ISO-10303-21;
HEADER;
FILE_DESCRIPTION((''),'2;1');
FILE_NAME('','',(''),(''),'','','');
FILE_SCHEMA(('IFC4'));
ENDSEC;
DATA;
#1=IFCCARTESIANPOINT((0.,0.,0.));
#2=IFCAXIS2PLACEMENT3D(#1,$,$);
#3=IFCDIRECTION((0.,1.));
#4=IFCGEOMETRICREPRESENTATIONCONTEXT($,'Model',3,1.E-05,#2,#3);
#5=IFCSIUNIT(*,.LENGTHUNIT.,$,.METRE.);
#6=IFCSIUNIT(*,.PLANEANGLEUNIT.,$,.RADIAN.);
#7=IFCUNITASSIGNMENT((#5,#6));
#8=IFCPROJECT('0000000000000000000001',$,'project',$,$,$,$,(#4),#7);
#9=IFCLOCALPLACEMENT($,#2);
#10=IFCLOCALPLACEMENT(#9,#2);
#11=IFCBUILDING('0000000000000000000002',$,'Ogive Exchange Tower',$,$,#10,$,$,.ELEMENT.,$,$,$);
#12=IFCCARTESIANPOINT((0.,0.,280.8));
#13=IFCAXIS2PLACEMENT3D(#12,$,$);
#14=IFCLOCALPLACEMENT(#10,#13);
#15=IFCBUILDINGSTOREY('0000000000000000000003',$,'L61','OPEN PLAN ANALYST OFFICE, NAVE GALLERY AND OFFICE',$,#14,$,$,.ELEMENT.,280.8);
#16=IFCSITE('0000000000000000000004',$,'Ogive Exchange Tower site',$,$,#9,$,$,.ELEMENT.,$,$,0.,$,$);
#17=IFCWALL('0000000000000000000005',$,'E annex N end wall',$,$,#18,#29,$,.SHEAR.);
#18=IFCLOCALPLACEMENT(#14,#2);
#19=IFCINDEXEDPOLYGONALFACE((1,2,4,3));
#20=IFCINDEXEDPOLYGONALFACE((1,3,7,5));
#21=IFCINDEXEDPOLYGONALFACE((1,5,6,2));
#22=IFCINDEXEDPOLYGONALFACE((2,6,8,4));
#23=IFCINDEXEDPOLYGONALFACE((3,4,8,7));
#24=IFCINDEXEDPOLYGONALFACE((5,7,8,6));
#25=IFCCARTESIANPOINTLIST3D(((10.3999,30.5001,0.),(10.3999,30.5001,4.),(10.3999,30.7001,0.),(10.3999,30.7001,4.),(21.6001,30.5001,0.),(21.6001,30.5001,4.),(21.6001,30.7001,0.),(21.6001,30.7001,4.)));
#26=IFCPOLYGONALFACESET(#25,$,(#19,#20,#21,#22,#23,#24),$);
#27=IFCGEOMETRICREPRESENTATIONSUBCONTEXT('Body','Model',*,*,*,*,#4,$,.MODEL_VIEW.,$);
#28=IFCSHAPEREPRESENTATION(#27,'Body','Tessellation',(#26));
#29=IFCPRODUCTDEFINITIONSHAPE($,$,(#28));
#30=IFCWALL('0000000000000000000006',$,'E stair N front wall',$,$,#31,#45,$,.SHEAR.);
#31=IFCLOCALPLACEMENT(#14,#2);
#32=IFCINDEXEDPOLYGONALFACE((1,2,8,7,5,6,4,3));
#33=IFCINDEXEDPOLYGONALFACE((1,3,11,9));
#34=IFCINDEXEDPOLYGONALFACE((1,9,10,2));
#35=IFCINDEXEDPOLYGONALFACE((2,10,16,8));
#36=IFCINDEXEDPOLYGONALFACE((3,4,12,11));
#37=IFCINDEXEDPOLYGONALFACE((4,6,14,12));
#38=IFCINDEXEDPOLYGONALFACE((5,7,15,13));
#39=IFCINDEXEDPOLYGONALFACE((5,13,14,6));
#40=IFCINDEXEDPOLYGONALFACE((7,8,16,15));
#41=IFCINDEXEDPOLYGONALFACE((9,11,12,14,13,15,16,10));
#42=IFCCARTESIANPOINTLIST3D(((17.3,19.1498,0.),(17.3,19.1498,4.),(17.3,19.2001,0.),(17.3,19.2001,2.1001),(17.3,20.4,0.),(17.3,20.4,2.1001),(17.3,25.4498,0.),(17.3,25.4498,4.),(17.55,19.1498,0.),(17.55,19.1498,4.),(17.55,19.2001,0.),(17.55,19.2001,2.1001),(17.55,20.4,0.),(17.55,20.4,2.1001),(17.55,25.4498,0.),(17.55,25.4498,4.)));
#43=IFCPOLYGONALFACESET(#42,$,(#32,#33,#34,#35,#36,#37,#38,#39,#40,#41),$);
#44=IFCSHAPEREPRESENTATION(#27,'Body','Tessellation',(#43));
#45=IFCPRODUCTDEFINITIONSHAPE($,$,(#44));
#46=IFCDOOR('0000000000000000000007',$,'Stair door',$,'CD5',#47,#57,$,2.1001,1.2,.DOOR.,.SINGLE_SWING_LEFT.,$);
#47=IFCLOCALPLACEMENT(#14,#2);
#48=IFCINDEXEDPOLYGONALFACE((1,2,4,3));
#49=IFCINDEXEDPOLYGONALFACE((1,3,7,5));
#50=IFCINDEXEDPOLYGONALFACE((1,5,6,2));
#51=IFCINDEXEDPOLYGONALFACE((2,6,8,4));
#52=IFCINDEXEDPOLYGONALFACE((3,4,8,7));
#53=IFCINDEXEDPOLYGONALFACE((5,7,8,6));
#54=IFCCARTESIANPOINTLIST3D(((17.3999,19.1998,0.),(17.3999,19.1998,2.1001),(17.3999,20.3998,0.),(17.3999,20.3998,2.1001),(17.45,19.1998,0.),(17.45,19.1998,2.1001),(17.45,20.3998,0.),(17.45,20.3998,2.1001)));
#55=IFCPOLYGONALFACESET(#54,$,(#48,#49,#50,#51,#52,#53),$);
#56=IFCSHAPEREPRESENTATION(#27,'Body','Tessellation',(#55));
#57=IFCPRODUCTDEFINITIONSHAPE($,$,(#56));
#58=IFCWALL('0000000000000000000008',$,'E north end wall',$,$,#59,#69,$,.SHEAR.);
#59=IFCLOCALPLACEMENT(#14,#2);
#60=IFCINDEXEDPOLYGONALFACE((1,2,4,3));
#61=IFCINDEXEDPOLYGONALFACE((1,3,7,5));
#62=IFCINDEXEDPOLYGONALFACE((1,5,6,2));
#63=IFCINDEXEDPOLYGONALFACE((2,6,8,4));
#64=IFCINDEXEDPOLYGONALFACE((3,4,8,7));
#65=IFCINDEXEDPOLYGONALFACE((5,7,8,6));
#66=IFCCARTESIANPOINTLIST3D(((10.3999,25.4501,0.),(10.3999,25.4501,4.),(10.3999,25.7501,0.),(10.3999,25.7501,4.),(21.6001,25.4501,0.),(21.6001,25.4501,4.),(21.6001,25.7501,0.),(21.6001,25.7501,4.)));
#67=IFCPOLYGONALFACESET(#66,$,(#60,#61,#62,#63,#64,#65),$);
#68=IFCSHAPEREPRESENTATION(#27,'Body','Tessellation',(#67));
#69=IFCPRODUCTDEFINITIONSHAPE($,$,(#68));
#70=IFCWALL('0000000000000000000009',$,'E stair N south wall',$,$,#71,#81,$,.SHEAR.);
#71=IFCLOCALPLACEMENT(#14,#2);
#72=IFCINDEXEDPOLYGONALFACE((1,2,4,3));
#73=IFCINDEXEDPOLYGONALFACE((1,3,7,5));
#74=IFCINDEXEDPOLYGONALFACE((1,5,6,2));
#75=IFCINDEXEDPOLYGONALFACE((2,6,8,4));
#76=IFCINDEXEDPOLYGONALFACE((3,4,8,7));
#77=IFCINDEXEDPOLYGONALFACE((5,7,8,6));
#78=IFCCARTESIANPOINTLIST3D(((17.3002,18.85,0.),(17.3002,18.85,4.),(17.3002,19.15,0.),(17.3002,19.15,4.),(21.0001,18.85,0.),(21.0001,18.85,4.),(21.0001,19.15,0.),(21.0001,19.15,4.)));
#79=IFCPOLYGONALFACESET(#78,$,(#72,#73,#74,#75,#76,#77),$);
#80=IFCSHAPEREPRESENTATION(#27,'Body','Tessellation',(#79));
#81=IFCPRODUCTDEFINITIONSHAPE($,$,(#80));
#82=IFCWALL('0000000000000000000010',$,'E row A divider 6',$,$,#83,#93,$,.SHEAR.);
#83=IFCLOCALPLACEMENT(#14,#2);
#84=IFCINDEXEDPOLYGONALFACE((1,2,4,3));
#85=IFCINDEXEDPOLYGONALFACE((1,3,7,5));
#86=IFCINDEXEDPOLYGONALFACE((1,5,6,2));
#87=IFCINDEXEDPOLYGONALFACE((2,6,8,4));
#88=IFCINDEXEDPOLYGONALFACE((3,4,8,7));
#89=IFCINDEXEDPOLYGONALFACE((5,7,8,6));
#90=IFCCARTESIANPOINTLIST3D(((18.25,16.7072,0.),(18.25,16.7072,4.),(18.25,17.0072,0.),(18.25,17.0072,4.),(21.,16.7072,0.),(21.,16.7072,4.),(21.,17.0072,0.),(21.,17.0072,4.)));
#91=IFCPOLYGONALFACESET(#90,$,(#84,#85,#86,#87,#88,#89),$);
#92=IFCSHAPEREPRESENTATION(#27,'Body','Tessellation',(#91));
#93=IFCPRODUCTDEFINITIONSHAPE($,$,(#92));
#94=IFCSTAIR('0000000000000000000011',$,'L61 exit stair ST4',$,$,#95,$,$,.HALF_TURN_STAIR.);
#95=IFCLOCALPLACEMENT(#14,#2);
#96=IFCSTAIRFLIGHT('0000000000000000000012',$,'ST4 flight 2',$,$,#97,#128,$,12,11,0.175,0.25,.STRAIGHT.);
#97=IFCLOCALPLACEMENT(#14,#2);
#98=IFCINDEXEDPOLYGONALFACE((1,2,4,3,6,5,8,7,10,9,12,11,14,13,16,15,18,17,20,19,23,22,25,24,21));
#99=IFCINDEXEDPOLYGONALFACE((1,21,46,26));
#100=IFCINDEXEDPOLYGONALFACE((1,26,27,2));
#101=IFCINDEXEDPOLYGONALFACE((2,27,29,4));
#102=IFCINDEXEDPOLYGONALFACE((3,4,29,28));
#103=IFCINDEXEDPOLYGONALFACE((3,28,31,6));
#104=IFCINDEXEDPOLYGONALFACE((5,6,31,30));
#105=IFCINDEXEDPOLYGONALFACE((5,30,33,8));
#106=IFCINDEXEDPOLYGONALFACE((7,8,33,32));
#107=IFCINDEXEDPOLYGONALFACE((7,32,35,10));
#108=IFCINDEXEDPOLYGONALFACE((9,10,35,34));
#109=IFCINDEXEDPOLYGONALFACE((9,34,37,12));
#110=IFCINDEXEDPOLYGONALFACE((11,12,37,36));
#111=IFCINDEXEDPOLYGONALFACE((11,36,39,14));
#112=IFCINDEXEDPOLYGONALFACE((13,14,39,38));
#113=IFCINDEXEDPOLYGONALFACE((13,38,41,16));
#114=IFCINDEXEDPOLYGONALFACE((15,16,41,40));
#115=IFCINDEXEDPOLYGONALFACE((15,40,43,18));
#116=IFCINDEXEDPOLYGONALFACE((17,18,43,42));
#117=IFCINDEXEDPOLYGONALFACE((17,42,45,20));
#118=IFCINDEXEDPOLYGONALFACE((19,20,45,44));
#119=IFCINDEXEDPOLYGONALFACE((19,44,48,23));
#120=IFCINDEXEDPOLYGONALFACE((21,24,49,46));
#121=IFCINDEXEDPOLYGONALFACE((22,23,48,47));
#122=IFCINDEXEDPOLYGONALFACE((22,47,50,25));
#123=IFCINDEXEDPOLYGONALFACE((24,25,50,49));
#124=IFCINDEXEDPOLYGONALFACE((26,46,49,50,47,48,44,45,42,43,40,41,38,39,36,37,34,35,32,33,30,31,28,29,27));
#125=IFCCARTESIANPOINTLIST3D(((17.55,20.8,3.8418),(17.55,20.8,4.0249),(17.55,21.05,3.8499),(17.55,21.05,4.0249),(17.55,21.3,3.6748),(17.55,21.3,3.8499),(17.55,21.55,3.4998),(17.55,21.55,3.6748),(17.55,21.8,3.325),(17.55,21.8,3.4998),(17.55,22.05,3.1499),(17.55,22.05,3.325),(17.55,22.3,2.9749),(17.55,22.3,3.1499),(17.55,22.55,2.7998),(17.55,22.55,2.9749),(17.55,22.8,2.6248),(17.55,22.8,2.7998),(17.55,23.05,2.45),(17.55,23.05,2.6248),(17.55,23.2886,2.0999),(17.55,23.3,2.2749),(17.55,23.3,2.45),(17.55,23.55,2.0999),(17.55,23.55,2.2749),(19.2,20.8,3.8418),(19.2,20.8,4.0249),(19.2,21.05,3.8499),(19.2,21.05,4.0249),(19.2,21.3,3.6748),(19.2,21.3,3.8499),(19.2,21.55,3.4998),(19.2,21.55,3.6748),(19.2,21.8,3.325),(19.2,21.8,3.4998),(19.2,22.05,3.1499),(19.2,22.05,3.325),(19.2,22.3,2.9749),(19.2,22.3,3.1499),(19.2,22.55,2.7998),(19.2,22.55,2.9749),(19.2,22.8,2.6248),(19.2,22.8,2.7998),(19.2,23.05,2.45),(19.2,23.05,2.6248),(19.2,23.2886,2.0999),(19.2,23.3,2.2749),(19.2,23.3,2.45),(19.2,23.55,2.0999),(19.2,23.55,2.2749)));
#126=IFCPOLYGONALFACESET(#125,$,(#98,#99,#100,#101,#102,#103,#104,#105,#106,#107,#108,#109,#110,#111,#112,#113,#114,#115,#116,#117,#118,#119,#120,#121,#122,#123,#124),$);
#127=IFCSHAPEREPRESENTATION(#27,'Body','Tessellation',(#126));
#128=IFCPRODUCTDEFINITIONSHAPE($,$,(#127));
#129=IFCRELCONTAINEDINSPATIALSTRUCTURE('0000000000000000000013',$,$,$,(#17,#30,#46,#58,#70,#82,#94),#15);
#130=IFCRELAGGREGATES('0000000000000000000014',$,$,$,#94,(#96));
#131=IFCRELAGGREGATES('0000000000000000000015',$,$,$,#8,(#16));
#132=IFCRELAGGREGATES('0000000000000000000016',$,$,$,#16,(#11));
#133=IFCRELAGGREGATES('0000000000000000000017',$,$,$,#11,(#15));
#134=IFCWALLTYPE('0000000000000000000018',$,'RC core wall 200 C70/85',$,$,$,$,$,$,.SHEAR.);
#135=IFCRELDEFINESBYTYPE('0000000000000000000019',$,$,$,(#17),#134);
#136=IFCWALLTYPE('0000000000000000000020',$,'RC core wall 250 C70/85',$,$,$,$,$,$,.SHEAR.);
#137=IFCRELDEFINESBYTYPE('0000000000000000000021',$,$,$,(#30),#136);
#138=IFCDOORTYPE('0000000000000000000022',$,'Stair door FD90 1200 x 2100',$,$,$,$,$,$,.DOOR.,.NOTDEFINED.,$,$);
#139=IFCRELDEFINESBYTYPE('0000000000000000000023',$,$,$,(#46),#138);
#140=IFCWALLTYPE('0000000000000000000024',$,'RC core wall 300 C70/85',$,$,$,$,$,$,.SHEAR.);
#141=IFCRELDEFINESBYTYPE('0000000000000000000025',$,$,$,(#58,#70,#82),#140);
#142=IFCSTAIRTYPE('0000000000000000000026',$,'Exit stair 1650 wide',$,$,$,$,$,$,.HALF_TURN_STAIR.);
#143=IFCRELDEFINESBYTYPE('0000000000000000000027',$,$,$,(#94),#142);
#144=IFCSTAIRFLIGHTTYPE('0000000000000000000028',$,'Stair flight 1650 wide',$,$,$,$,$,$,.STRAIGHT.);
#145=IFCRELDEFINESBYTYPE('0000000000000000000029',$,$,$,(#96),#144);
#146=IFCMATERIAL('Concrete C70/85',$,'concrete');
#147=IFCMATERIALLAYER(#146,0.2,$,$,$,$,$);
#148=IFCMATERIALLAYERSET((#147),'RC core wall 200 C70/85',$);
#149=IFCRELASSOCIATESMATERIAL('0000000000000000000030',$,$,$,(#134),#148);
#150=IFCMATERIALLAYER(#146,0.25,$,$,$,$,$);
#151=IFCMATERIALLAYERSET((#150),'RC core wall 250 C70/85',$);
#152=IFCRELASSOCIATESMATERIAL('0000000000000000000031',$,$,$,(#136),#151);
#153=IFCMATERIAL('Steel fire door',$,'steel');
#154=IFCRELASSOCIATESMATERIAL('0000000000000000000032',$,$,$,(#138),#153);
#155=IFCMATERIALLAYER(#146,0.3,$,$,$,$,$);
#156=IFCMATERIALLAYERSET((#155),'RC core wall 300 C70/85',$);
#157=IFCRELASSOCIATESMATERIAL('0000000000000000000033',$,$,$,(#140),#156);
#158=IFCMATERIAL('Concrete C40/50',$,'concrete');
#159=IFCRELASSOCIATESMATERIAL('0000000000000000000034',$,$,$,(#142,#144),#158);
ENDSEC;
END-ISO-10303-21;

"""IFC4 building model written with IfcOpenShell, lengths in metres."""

from ifc_helpers import new_model, si_unit, direction, frame, frame_2d, origin, place, context, subcontext, project, spatial, polyline, rectangle, outline, extrude, material, layer, layer_set, type_object, element, fill, aggregate, save


model = new_model("IFC4")

# Units and contexts
model_context = context("Model", 3, precision=1e-05, world=origin(), true_north=direction((0.0, 1.0)))
body_context = subcontext(model_context, "Body", "Model", "MODEL_VIEW")
ifc_project = project(units=[si_unit("LENGTHUNIT", "METRE"), si_unit("PLANEANGLEUNIT", "RADIAN")], contexts=[model_context])

# Site, building, storey
site_placement = place(None, origin())
site = spatial("IfcSite", under=ifc_project, at=site_placement, Name="Ogive Exchange Tower site", CompositionType="ELEMENT", RefElevation=0.0)
building_placement = place(site_placement, origin())
building = spatial("IfcBuilding", under=site, at=building_placement, Name="Ogive Exchange Tower", CompositionType="ELEMENT")
storey_placement = place(building_placement, frame((0.0, 0.0, 280.8)))
storey = spatial("IfcBuildingStorey", under=building, at=storey_placement, Name="L61", Description="OPEN PLAN ANALYST OFFICE, NAVE GALLERY AND OFFICE", CompositionType="ELEMENT", Elevation=280.8)

# Shared definitions
ifc_material_1 = material(Name="Concrete C70/85", Category="concrete")
ifc_layer_1 = layer(ifc_material_1, 0.2)
ifc_layer_set_1 = layer_set([ifc_layer_1], Name="RC core wall 200 C70/85")
wall_type_1 = type_object("IfcWallType", Name="RC core wall 200 C70/85", PredefinedType="SHEAR", material=ifc_layer_set_1)
ifc_material_2 = material(Name="Steel fire door", Category="steel")

# Wall
wall_1_placement = place(storey_placement, frame((10.3999, 30.6001, 0.0), z_axis=(0.0, 0.0, 1.0), x_axis=(1.0, 0.0, 0.0)))
element("IfcWall", 1, at=wall_1_placement, inside=storey, type_object=wall_type_1, Name="E annex N end wall", PredefinedType="SHEAR", context=body_context, shape_type="SweptSolid", body=[
    extrude(rectangle(XDim=11.2002, YDim=0.2, at=frame_2d((5.6001, 0.0))), origin(), (0.0, 0.0, 1.0), 4.0),
])

# Wall, opening, door
ifc_layer_2 = layer(ifc_material_1, 0.25)
ifc_layer_set_2 = layer_set([ifc_layer_2], Name="RC core wall 250 C70/85")
wall_type_2 = type_object("IfcWallType", Name="RC core wall 250 C70/85", PredefinedType="SHEAR", material=ifc_layer_set_2)
wall_2_placement = place(storey_placement, frame((17.425, 19.1499, 0.0), z_axis=(0.0, 0.0, 1.0), x_axis=(0.0, 1.0, 0.0)))
wall_2 = element("IfcWall", 2, at=wall_2_placement, inside=storey, type_object=wall_type_2, Name="E stair N front wall", PredefinedType="SHEAR", context=body_context, shape_type="SweptSolid", body=[
    extrude(rectangle(XDim=6.3, YDim=0.25, at=frame_2d((3.1499, 0.0))), origin(), (0.0, 0.0, 1.0), 4.0),
])
opening_1_placement = place(wall_2_placement, frame((0.05, 0.0, 0.0)))
opening_1 = element("IfcOpeningElement", 3, at=opening_1_placement, cuts=wall_2, PredefinedType="OPENING", context=body_context, shape_type="SweptSolid", body=[
    extrude(rectangle(XDim=1.2, YDim=2.1001, at=frame_2d((0.6001, 1.05))), frame((0.0, 0.135, 0.0), z_axis=(0.0, -1.0, 0.0), x_axis=(1.0, 0.0, 0.0)), (0.0, 0.0, 1.0), 0.27),
])
door_type_1 = type_object("IfcDoorType", Name="Stair door FD90 1200 x 2100", OperationType="NOTDEFINED", PredefinedType="DOOR", material=ifc_material_2)
door_1_placement = place(opening_1_placement, frame((1.2, 0.0, 0.0), z_axis=(0.0, 0.0, 1.0), x_axis=(-1.0, 0.0, 0.0)))
door_1 = element("IfcDoor", 4, at=door_1_placement, inside=storey, type_object=door_type_1, Name="Stair door", ObjectType="CD5", OperationType="SINGLE_SWING_LEFT", OverallHeight=2.1001, OverallWidth=1.2, PredefinedType="DOOR", context=body_context, shape_type="SweptSolid", body=[
    extrude(rectangle(XDim=1.2, YDim=2.1001, at=frame_2d((0.6001, 1.05))), frame((0.0, 0.0249, 0.0), z_axis=(0.0, -1.0, 0.0), x_axis=(1.0, 0.0, 0.0)), (0.0, 0.0, 1.0), 0.05),
])
fill(opening_1, door_1)

# Walls
ifc_layer_3 = layer(ifc_material_1, 0.3)
ifc_layer_set_3 = layer_set([ifc_layer_3], Name="RC core wall 300 C70/85")
wall_type_3 = type_object("IfcWallType", Name="RC core wall 300 C70/85", PredefinedType="SHEAR", material=ifc_layer_set_3)
wall_3_placement = place(storey_placement, frame((10.3999, 25.6001, 0.0), z_axis=(0.0, 0.0, 1.0), x_axis=(1.0, 0.0, 0.0)))
element("IfcWall", 5, at=wall_3_placement, inside=storey, type_object=wall_type_3, Name="E north end wall", PredefinedType="SHEAR", context=body_context, shape_type="SweptSolid", body=[
    extrude(rectangle(XDim=11.2002, YDim=0.3, at=frame_2d((5.6001, 0.0))), origin(), (0.0, 0.0, 1.0), 4.0),
])
wall_4_placement = place(storey_placement, frame((17.3, 19.0, 0.0), z_axis=(0.0, 0.0, 1.0), x_axis=(1.0, 0.0, 0.0)))
element("IfcWall", 6, at=wall_4_placement, inside=storey, type_object=wall_type_3, Name="E stair N south wall", PredefinedType="SHEAR", context=body_context, shape_type="SweptSolid", body=[
    extrude(rectangle(XDim=3.7, YDim=0.3, at=frame_2d((1.8501, 0.0))), origin(), (0.0, 0.0, 1.0), 4.0),
])
wall_5_placement = place(storey_placement, frame((18.25, 16.8572, 0.0), z_axis=(0.0, 0.0, 1.0), x_axis=(1.0, 0.0, 0.0)))
element("IfcWall", 7, at=wall_5_placement, inside=storey, type_object=wall_type_3, Name="E row A divider 6", PredefinedType="SHEAR", context=body_context, shape_type="SweptSolid", body=[
    extrude(rectangle(XDim=2.75, YDim=0.3, at=frame_2d((1.375, 0.0))), origin(), (0.0, 0.0, 1.0), 4.0),
])

# Stair, stair flight
ifc_material_3 = material(Name="Concrete C40/50", Category="concrete")
stair_type = type_object("IfcStairType", Name="Exit stair 1650 wide", PredefinedType="HALF_TURN_STAIR", material=ifc_material_3)
stair_placement = place(storey_placement, origin())
stair = element("IfcStair", 8, at=stair_placement, inside=storey, type_object=stair_type, Name="L61 exit stair ST4", PredefinedType="HALF_TURN_STAIR")
stair_flight_type = type_object("IfcStairFlightType", Name="Stair flight 1650 wide", PredefinedType="STRAIGHT", material=ifc_material_3)
stair_flight_placement = place(storey_placement, frame((18.375, 23.55, 2.0999), z_axis=(0.0, 0.0, 1.0), x_axis=(0.0, -1.0, 0.0)))
stair_flight = element("IfcStairFlight", 9, at=stair_flight_placement, type_object=stair_flight_type, Name="ST4 flight 2", NumberOfRisers=12, NumberOfTreads=11, PredefinedType="STRAIGHT", RiserHeight=0.175, TreadLength=0.25, context=body_context, shape_type="SweptSolid", body=[
    extrude(outline(polyline([(0.0, 0.0), (0.0, 0.175), (0.25, 0.175), (0.25, 0.3501), (0.5, 0.3501), (0.5, 0.5249), (0.75, 0.5249), (0.75, 0.7), (1.0, 0.7), (1.0, 0.875), (1.25, 0.875), (1.25, 1.05), (1.5, 1.05), (1.5, 1.2251), (1.75, 1.2251), (1.75, 1.3999), (2.0, 1.3999), (2.0, 1.575), (2.25, 1.575), (2.25, 1.75), (2.5, 1.75), (2.5, 1.925), (2.75, 1.925), (2.75, 2.1001), (2.75, 1.7419), (0.2615, 0.0), (0.0, 0.0)])), frame((0.0, 0.825, 0.0), z_axis=(0.0, -1.0, 0.0), x_axis=(1.0, 0.0, 0.0)), (0.0, 0.0, 1.0), 1.6499),
])
aggregate(stair, [stair_flight])

save(model, "model.ifc")
